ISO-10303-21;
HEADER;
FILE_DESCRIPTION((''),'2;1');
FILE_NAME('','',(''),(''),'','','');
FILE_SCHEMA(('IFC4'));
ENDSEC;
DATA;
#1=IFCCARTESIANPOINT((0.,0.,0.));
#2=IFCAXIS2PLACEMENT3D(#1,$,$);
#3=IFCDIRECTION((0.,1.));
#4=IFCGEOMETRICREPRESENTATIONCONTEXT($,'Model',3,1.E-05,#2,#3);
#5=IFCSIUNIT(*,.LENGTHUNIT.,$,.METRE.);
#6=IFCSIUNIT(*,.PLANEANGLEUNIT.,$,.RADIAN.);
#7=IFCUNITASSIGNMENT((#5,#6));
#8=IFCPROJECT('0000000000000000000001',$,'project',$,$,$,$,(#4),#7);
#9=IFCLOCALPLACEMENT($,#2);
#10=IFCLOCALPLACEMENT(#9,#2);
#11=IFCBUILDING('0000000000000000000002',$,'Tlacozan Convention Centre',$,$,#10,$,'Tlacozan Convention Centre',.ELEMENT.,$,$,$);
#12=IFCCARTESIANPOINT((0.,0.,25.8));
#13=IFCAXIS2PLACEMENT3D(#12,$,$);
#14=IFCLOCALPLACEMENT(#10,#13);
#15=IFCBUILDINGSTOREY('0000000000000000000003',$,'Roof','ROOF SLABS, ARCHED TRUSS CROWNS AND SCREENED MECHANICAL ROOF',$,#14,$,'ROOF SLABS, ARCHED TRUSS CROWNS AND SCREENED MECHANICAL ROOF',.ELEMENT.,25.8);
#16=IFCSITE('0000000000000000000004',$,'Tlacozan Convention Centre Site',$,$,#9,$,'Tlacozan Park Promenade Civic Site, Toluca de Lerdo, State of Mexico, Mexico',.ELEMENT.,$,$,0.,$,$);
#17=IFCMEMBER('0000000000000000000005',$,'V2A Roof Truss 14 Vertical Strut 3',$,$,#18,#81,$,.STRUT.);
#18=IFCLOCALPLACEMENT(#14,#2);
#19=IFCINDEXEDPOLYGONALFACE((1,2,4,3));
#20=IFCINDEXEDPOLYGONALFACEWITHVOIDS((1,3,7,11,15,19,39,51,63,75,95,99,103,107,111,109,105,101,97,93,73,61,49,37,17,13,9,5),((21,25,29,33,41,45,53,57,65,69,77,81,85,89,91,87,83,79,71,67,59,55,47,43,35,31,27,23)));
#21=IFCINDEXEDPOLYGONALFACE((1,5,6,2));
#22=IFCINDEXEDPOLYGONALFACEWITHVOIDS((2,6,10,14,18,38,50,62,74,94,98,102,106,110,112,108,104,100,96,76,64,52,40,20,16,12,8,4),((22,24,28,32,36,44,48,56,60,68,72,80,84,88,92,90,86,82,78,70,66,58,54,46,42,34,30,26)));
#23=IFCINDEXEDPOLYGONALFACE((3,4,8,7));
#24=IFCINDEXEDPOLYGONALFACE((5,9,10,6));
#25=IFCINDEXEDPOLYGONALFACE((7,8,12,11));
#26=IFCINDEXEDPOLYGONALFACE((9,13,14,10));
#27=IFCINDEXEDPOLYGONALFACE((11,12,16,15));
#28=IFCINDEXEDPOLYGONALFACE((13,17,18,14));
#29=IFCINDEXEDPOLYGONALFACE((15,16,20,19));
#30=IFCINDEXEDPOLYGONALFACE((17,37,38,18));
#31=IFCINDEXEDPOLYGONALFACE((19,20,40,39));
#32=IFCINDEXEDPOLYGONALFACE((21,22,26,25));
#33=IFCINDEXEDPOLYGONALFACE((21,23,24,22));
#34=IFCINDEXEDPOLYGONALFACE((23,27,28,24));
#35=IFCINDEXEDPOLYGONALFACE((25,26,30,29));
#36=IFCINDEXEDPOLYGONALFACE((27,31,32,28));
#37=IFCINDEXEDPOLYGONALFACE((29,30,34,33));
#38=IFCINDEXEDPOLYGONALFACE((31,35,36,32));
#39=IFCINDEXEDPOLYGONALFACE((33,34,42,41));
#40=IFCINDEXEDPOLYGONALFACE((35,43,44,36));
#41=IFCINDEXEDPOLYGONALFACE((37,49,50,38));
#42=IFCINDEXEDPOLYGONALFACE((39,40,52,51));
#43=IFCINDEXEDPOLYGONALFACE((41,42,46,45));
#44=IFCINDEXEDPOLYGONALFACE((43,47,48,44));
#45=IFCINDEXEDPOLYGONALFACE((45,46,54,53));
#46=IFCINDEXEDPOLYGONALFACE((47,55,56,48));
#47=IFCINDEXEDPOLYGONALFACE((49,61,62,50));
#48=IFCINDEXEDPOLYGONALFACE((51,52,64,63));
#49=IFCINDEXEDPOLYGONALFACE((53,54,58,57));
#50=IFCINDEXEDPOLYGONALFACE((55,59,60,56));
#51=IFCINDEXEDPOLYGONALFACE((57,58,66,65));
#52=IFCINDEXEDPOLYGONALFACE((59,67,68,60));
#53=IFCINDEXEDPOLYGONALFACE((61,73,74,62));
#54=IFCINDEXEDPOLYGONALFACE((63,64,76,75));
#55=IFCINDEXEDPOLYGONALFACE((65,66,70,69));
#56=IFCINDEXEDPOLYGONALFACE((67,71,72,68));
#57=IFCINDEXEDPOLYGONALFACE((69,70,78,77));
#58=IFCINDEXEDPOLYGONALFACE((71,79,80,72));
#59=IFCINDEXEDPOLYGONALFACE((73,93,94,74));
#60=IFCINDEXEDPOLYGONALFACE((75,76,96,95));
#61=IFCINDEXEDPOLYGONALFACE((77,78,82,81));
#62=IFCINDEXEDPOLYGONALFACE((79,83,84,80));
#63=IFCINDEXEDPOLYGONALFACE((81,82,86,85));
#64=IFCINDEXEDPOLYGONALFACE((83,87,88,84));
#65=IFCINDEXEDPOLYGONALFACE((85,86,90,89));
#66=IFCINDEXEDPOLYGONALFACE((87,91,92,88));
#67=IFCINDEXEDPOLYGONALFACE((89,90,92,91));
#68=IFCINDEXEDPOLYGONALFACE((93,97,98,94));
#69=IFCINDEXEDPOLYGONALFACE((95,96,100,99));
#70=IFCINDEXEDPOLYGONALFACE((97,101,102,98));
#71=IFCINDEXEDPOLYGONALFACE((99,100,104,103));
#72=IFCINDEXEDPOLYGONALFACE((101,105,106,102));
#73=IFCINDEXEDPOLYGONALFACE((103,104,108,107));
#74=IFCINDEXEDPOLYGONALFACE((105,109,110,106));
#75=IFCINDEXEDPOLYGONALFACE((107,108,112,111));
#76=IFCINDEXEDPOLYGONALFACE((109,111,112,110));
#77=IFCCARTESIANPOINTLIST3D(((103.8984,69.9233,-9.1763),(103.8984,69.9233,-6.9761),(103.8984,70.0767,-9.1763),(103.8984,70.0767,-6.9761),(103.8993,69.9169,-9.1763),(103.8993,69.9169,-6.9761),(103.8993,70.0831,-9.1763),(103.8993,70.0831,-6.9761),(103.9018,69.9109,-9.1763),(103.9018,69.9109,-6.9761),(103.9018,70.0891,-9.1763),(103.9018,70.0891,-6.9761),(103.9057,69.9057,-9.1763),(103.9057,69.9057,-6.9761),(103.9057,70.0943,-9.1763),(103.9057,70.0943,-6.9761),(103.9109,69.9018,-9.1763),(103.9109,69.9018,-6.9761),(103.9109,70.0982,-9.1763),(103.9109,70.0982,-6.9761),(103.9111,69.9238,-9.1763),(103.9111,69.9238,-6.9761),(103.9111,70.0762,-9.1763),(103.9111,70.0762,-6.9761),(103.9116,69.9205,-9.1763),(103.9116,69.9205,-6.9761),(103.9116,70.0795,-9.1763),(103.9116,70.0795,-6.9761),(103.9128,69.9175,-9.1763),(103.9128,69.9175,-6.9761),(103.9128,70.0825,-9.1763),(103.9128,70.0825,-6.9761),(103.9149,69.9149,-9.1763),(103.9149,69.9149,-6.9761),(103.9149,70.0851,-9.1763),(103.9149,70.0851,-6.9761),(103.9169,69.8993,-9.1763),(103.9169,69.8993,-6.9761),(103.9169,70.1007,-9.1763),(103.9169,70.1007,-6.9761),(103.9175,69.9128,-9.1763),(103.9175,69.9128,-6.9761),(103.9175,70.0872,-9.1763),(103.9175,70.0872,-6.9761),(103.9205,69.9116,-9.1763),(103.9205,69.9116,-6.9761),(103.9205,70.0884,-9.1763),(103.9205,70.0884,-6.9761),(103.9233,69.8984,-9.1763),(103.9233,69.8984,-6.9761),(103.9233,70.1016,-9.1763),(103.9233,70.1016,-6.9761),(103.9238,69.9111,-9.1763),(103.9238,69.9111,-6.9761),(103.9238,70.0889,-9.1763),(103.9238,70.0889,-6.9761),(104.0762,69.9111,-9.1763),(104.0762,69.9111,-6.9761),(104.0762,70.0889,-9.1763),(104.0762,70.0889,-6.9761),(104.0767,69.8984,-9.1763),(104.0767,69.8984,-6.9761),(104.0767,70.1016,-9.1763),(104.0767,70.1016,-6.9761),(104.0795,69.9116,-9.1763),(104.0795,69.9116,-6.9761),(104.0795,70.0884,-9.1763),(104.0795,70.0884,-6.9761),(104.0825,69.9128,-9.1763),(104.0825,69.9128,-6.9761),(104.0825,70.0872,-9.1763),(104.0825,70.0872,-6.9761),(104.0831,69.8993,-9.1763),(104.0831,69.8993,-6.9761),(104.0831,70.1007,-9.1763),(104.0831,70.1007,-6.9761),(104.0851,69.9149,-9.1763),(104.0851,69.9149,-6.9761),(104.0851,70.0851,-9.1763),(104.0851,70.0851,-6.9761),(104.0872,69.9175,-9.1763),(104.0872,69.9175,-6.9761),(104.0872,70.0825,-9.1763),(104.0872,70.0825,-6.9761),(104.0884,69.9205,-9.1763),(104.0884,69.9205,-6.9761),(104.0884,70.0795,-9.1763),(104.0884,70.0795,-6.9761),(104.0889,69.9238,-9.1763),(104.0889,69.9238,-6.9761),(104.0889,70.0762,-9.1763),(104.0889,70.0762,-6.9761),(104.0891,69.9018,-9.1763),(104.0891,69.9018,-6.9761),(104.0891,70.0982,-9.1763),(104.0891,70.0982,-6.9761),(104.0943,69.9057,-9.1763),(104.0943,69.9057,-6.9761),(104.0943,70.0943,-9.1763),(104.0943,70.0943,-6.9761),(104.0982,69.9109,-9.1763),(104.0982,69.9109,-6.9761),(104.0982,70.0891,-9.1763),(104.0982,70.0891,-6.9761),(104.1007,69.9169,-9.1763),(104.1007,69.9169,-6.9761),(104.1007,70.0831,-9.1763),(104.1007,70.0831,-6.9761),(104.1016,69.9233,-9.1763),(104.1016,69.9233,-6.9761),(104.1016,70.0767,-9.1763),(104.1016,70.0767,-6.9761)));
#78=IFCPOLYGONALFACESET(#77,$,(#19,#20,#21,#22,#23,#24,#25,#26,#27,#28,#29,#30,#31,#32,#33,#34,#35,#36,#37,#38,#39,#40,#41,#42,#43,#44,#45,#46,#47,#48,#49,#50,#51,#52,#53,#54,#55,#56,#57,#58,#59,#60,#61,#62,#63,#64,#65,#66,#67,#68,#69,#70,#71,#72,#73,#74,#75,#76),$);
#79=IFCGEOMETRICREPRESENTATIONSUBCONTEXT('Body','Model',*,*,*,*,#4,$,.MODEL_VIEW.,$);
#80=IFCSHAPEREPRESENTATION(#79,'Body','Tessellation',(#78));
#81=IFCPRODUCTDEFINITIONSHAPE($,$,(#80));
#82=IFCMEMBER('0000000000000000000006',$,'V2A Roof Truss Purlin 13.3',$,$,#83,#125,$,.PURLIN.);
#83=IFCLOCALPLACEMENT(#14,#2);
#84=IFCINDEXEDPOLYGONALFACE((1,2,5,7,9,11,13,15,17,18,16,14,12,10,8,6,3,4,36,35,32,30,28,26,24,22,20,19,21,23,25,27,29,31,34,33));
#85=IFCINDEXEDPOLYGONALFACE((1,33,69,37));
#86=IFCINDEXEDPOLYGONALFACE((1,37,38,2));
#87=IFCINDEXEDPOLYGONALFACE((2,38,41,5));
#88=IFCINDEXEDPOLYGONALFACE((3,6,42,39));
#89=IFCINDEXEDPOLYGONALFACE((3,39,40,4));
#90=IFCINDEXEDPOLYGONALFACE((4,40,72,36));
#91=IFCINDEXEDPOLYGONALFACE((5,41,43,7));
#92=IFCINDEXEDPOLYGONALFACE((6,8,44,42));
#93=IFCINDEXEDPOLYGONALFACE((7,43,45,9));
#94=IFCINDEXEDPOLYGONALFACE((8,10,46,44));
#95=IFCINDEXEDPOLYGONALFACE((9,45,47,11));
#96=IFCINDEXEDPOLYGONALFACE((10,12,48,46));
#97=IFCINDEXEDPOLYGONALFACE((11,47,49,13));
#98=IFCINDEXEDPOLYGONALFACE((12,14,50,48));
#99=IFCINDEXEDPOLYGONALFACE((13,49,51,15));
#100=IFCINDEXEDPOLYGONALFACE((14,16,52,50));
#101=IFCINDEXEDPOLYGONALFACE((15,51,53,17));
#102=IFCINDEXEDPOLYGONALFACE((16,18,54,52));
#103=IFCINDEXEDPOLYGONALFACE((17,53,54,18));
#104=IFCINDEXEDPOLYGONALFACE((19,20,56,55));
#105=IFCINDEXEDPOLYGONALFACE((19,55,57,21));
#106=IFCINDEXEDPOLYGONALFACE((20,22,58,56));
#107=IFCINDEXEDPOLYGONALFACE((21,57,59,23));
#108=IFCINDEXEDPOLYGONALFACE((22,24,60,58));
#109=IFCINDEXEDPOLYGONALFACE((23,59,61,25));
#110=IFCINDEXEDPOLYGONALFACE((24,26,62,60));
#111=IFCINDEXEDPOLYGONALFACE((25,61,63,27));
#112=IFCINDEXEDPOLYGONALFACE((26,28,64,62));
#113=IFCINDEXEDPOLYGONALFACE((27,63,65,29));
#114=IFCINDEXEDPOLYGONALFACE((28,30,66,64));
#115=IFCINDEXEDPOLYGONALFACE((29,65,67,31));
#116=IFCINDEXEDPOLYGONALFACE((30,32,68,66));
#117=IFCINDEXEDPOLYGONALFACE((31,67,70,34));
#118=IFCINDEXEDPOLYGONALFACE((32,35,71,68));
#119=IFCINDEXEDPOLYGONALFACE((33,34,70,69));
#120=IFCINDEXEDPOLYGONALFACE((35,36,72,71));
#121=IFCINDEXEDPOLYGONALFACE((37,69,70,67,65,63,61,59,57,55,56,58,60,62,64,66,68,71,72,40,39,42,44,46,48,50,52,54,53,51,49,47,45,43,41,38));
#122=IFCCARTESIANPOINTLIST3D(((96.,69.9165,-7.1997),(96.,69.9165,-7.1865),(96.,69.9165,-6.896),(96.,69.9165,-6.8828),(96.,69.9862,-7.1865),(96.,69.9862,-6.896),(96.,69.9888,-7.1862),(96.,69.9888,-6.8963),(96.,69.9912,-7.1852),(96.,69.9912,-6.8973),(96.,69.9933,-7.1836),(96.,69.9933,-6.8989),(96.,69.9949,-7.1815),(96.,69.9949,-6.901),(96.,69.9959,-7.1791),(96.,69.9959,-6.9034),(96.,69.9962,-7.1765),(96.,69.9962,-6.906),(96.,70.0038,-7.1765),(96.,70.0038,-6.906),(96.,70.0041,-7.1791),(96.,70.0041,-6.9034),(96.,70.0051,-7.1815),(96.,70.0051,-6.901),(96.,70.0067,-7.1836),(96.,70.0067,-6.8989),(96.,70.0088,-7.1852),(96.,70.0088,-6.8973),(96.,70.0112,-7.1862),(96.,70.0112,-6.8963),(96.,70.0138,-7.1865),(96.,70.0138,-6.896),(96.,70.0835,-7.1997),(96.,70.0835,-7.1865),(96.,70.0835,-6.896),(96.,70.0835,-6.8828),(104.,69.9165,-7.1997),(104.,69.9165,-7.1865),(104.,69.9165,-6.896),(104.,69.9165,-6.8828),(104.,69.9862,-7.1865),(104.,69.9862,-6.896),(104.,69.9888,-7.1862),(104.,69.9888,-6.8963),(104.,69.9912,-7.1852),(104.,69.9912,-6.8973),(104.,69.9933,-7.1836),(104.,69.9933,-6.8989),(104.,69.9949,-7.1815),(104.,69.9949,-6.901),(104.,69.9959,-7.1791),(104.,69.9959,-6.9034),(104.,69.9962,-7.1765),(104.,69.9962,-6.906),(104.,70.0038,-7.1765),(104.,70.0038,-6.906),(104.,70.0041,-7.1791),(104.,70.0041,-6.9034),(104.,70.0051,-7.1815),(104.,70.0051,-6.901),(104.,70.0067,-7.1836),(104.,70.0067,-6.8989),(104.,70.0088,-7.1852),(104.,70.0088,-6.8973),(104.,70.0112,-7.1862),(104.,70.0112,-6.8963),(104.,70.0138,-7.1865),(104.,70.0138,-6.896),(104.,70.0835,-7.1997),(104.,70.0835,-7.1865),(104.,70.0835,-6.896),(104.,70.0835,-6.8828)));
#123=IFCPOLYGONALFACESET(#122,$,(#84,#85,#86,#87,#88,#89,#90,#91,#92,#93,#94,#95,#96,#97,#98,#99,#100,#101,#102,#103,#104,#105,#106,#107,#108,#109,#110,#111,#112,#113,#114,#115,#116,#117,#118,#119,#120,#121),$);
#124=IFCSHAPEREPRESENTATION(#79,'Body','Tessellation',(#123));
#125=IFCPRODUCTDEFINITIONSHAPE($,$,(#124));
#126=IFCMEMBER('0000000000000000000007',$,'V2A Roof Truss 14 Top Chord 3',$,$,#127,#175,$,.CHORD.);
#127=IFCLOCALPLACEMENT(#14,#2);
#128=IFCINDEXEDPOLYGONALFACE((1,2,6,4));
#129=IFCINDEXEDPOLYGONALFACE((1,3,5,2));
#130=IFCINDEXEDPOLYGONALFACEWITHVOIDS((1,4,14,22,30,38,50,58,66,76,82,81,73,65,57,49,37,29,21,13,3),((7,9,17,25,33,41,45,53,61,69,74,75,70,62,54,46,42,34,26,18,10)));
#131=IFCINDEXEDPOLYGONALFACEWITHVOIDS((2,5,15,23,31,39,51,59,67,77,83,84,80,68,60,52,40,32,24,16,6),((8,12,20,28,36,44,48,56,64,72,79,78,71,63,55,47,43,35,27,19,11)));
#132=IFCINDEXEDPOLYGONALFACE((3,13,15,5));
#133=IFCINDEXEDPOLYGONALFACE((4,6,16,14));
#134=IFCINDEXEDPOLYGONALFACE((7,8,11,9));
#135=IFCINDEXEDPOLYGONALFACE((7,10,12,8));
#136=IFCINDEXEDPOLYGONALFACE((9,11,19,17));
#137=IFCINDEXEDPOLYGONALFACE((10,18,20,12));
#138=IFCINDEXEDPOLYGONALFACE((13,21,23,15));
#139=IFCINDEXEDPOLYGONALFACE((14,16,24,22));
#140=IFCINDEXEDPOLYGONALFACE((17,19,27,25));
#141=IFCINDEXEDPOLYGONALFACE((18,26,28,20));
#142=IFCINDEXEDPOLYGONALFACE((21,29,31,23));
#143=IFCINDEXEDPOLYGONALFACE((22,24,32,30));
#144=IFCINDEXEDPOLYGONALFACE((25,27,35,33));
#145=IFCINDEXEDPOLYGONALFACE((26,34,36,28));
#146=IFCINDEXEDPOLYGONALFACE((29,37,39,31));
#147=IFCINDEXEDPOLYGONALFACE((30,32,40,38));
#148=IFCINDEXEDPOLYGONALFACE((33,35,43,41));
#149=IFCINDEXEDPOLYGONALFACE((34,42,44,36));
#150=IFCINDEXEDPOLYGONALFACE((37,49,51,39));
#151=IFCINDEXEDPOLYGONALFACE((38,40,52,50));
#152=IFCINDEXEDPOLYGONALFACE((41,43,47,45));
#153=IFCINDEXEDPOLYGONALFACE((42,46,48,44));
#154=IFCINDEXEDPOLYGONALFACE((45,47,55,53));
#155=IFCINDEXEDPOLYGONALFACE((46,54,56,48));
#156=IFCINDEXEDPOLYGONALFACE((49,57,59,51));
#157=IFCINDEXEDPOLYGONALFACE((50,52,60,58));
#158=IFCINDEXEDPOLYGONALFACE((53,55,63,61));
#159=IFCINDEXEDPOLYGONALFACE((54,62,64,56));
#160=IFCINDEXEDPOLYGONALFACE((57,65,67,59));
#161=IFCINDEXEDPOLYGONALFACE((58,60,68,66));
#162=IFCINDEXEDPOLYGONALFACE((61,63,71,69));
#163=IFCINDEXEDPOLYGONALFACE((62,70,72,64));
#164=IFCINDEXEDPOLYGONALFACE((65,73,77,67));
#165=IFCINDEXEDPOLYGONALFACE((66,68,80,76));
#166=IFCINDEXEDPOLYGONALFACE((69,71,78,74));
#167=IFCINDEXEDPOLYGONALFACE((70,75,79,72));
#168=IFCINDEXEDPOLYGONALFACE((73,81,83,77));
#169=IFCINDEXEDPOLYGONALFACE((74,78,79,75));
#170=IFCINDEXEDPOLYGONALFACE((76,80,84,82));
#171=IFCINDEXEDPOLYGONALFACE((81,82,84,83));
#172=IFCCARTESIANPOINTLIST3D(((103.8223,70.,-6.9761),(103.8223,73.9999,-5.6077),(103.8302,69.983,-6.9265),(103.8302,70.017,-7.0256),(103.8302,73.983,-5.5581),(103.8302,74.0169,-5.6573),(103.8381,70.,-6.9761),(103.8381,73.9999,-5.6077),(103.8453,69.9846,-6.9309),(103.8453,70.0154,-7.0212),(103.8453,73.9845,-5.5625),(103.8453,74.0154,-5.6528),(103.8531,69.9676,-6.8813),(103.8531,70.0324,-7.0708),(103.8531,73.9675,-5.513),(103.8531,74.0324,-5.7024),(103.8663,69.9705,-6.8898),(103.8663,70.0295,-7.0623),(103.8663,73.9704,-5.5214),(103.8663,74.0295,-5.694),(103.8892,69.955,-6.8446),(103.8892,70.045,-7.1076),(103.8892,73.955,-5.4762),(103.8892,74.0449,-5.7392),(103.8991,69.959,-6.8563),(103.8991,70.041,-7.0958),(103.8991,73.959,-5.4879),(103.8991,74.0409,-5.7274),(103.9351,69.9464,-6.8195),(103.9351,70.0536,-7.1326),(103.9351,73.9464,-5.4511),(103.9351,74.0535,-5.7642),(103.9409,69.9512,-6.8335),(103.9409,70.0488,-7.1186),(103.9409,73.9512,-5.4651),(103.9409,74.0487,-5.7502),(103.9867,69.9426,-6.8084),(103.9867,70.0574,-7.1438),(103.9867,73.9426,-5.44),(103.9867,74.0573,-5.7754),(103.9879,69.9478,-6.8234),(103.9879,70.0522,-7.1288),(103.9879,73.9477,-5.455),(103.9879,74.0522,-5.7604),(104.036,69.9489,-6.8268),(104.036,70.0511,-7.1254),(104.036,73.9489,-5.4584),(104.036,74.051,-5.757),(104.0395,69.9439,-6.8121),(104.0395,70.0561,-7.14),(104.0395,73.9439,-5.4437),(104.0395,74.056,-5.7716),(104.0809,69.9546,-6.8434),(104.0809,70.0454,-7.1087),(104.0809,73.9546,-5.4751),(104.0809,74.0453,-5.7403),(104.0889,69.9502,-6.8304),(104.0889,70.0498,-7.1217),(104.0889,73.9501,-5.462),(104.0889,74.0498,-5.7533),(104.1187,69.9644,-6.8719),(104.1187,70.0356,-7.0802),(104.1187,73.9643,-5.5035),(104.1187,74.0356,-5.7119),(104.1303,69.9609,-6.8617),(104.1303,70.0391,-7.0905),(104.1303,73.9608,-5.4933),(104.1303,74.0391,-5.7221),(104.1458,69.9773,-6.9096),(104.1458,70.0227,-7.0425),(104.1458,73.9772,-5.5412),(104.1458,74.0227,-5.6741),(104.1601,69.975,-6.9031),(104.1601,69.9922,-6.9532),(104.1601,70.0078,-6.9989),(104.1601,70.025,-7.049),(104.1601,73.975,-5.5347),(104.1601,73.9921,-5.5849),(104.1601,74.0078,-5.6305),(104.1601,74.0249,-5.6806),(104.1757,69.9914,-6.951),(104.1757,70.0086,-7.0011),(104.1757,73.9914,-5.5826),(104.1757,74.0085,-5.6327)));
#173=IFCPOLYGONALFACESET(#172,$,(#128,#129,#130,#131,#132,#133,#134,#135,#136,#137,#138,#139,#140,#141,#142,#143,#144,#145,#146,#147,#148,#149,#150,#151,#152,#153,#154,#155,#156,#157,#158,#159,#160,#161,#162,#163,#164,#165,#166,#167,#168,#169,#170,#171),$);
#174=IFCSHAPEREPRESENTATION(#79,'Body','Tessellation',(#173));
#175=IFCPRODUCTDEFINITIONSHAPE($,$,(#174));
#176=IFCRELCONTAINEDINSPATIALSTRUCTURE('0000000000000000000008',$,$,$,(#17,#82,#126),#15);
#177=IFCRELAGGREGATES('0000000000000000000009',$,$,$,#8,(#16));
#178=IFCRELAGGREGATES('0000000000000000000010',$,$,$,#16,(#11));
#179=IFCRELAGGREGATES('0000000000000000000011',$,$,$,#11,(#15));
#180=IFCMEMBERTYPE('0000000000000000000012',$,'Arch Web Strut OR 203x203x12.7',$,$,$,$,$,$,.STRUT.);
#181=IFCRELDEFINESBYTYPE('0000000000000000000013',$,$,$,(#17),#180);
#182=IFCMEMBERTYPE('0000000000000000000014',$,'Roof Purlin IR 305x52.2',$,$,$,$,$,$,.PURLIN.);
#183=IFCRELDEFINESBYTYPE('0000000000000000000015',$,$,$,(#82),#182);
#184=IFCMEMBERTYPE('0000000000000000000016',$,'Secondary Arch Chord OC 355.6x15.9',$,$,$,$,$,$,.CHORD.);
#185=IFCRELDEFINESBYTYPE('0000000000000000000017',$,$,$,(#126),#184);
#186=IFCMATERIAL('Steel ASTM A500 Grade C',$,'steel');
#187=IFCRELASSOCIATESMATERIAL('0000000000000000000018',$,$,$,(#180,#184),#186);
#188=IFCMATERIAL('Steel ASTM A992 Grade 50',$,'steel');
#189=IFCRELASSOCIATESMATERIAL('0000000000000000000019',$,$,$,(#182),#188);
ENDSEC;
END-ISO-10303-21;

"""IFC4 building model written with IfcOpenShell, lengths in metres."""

from ifc_helpers import new_model, si_unit, direction, frame, origin, origin_2d, place, context, subcontext, project, spatial, hollow_rectangle, hollow_circle, i_section, extrude, material, material_profile, profile_set, type_object, element, save


model = new_model("IFC4")

# Units and contexts
model_context = context("Model", 3, precision=1e-05, world=origin(), true_north=direction((0.0, 1.0)))
body_context = subcontext(model_context, "Body", "Model", "MODEL_VIEW")
ifc_project = project(units=[si_unit("LENGTHUNIT", "METRE"), si_unit("PLANEANGLEUNIT", "RADIAN")], contexts=[model_context])

# Site, building, storey
site_placement = place(None, origin())
site = spatial("IfcSite", under=ifc_project, at=site_placement, Name="Tlacozan Convention Centre Site", LongName="Tlacozan Park Promenade Civic Site, Toluca de Lerdo, State of Mexico, Mexico", CompositionType="ELEMENT", RefElevation=0.0)
building_placement = place(site_placement, origin())
building = spatial("IfcBuilding", under=site, at=building_placement, Name="Tlacozan Convention Centre", LongName="Tlacozan Convention Centre", CompositionType="ELEMENT")
storey_placement = place(building_placement, frame((0.0, 0.0, 25.8)))
storey = spatial("IfcBuildingStorey", under=building, at=storey_placement, Name="Roof", Description="ROOF SLABS, ARCHED TRUSS CROWNS AND SCREENED MECHANICAL ROOF", LongName="ROOF SLABS, ARCHED TRUSS CROWNS AND SCREENED MECHANICAL ROOF", CompositionType="ELEMENT", Elevation=25.8)

# Members
ifc_material_1 = material(Name="Steel ASTM A500 Grade C", Category="steel")
ifc_material_profile_1 = material_profile(ifc_material_1, hollow_rectangle(XDim=0.2031, YDim=0.2031, WallThickness=0.0127, InnerFilletRadius=0.0127, OuterFilletRadius=0.0249, at=origin_2d()), Name="OR 203x203x12.7")
ifc_profile_set_1 = profile_set([ifc_material_profile_1], Name="Steel ASTM A500 Grade C")
member_type_1 = type_object("IfcMemberType", Name="Arch Web Strut OR 203x203x12.7", PredefinedType="STRUT", material=ifc_profile_set_1)
for number, where, z_axis, x_axis, name in (
    (1, (104.0, 70.0, -9.1763), (0.0, 0.0, 1.0), (1.0, 0.0, 0.0), "V2A Roof Truss 14 Vertical Strut 3"),
):
    element("IfcMember", number, at=place(storey_placement, frame(where, z_axis=z_axis, x_axis=x_axis)), inside=storey, type_object=member_type_1, Name=name, PredefinedType="STRUT", context=body_context, shape_type="SweptSolid", body=[
        extrude(hollow_rectangle(XDim=0.2031, YDim=0.2031, WallThickness=0.0127, InnerFilletRadius=0.0127, OuterFilletRadius=0.0249, at=origin_2d()), origin(), (0.0, 0.0, 1.0), 2.2002),
    ])
ifc_material_2 = material(Name="Steel ASTM A992 Grade 50", Category="steel")
ifc_material_profile_2 = material_profile(ifc_material_2, i_section(OverallWidth=0.167, OverallDepth=0.3169, WebThickness=0.0076, FlangeThickness=0.0132, FilletRadius=0.01, at=origin_2d()), Name="IR 305x52.2")
ifc_profile_set_2 = profile_set([ifc_material_profile_2], Name="Steel ASTM A992 Grade 50")
member_type_2 = type_object("IfcMemberType", Name="Roof Purlin IR 305x52.2", PredefinedType="PURLIN", material=ifc_profile_set_2)
member_1_placement = place(storey_placement, frame((96.0, 70.0, -7.0413), z_axis=(1.0, 0.0, 0.0), x_axis=(0.0, 1.0, 0.0)))
element("IfcMember", 2, at=member_1_placement, inside=storey, type_object=member_type_2, Name="V2A Roof Truss Purlin 13.3", PredefinedType="PURLIN", context=body_context, shape_type="SweptSolid", body=[
    extrude(i_section(OverallWidth=0.167, OverallDepth=0.3169, WebThickness=0.0076, FlangeThickness=0.0132, FilletRadius=0.01, at=origin_2d()), origin(), (0.0, 0.0, 1.0), 8.0),
])
ifc_material_profile_3 = material_profile(ifc_material_1, hollow_circle(Radius=0.1777, WallThickness=0.0159, at=origin_2d()), Name="OC 355.6x15.9")
ifc_profile_set_3 = profile_set([ifc_material_profile_3], Name="Steel ASTM A500 Grade C")
member_type_3 = type_object("IfcMemberType", Name="Secondary Arch Chord OC 355.6x15.9", PredefinedType="CHORD", material=ifc_profile_set_3)
member_2_placement = place(storey_placement, frame((104.0, 70.0, -6.9761), z_axis=(0.0, 0.946165, 0.323685), x_axis=(-1.0, 0.0, 0.0)))
element("IfcMember", 3, at=member_2_placement, inside=storey, type_object=member_type_3, Name="V2A Roof Truss 14 Top Chord 3", PredefinedType="CHORD", context=body_context, shape_type="SweptSolid", body=[
    extrude(hollow_circle(Radius=0.1777, WallThickness=0.0159, at=origin_2d()), origin(), (0.0, 0.0, 1.0), 4.2275),
])

save(model, "model.ifc")
